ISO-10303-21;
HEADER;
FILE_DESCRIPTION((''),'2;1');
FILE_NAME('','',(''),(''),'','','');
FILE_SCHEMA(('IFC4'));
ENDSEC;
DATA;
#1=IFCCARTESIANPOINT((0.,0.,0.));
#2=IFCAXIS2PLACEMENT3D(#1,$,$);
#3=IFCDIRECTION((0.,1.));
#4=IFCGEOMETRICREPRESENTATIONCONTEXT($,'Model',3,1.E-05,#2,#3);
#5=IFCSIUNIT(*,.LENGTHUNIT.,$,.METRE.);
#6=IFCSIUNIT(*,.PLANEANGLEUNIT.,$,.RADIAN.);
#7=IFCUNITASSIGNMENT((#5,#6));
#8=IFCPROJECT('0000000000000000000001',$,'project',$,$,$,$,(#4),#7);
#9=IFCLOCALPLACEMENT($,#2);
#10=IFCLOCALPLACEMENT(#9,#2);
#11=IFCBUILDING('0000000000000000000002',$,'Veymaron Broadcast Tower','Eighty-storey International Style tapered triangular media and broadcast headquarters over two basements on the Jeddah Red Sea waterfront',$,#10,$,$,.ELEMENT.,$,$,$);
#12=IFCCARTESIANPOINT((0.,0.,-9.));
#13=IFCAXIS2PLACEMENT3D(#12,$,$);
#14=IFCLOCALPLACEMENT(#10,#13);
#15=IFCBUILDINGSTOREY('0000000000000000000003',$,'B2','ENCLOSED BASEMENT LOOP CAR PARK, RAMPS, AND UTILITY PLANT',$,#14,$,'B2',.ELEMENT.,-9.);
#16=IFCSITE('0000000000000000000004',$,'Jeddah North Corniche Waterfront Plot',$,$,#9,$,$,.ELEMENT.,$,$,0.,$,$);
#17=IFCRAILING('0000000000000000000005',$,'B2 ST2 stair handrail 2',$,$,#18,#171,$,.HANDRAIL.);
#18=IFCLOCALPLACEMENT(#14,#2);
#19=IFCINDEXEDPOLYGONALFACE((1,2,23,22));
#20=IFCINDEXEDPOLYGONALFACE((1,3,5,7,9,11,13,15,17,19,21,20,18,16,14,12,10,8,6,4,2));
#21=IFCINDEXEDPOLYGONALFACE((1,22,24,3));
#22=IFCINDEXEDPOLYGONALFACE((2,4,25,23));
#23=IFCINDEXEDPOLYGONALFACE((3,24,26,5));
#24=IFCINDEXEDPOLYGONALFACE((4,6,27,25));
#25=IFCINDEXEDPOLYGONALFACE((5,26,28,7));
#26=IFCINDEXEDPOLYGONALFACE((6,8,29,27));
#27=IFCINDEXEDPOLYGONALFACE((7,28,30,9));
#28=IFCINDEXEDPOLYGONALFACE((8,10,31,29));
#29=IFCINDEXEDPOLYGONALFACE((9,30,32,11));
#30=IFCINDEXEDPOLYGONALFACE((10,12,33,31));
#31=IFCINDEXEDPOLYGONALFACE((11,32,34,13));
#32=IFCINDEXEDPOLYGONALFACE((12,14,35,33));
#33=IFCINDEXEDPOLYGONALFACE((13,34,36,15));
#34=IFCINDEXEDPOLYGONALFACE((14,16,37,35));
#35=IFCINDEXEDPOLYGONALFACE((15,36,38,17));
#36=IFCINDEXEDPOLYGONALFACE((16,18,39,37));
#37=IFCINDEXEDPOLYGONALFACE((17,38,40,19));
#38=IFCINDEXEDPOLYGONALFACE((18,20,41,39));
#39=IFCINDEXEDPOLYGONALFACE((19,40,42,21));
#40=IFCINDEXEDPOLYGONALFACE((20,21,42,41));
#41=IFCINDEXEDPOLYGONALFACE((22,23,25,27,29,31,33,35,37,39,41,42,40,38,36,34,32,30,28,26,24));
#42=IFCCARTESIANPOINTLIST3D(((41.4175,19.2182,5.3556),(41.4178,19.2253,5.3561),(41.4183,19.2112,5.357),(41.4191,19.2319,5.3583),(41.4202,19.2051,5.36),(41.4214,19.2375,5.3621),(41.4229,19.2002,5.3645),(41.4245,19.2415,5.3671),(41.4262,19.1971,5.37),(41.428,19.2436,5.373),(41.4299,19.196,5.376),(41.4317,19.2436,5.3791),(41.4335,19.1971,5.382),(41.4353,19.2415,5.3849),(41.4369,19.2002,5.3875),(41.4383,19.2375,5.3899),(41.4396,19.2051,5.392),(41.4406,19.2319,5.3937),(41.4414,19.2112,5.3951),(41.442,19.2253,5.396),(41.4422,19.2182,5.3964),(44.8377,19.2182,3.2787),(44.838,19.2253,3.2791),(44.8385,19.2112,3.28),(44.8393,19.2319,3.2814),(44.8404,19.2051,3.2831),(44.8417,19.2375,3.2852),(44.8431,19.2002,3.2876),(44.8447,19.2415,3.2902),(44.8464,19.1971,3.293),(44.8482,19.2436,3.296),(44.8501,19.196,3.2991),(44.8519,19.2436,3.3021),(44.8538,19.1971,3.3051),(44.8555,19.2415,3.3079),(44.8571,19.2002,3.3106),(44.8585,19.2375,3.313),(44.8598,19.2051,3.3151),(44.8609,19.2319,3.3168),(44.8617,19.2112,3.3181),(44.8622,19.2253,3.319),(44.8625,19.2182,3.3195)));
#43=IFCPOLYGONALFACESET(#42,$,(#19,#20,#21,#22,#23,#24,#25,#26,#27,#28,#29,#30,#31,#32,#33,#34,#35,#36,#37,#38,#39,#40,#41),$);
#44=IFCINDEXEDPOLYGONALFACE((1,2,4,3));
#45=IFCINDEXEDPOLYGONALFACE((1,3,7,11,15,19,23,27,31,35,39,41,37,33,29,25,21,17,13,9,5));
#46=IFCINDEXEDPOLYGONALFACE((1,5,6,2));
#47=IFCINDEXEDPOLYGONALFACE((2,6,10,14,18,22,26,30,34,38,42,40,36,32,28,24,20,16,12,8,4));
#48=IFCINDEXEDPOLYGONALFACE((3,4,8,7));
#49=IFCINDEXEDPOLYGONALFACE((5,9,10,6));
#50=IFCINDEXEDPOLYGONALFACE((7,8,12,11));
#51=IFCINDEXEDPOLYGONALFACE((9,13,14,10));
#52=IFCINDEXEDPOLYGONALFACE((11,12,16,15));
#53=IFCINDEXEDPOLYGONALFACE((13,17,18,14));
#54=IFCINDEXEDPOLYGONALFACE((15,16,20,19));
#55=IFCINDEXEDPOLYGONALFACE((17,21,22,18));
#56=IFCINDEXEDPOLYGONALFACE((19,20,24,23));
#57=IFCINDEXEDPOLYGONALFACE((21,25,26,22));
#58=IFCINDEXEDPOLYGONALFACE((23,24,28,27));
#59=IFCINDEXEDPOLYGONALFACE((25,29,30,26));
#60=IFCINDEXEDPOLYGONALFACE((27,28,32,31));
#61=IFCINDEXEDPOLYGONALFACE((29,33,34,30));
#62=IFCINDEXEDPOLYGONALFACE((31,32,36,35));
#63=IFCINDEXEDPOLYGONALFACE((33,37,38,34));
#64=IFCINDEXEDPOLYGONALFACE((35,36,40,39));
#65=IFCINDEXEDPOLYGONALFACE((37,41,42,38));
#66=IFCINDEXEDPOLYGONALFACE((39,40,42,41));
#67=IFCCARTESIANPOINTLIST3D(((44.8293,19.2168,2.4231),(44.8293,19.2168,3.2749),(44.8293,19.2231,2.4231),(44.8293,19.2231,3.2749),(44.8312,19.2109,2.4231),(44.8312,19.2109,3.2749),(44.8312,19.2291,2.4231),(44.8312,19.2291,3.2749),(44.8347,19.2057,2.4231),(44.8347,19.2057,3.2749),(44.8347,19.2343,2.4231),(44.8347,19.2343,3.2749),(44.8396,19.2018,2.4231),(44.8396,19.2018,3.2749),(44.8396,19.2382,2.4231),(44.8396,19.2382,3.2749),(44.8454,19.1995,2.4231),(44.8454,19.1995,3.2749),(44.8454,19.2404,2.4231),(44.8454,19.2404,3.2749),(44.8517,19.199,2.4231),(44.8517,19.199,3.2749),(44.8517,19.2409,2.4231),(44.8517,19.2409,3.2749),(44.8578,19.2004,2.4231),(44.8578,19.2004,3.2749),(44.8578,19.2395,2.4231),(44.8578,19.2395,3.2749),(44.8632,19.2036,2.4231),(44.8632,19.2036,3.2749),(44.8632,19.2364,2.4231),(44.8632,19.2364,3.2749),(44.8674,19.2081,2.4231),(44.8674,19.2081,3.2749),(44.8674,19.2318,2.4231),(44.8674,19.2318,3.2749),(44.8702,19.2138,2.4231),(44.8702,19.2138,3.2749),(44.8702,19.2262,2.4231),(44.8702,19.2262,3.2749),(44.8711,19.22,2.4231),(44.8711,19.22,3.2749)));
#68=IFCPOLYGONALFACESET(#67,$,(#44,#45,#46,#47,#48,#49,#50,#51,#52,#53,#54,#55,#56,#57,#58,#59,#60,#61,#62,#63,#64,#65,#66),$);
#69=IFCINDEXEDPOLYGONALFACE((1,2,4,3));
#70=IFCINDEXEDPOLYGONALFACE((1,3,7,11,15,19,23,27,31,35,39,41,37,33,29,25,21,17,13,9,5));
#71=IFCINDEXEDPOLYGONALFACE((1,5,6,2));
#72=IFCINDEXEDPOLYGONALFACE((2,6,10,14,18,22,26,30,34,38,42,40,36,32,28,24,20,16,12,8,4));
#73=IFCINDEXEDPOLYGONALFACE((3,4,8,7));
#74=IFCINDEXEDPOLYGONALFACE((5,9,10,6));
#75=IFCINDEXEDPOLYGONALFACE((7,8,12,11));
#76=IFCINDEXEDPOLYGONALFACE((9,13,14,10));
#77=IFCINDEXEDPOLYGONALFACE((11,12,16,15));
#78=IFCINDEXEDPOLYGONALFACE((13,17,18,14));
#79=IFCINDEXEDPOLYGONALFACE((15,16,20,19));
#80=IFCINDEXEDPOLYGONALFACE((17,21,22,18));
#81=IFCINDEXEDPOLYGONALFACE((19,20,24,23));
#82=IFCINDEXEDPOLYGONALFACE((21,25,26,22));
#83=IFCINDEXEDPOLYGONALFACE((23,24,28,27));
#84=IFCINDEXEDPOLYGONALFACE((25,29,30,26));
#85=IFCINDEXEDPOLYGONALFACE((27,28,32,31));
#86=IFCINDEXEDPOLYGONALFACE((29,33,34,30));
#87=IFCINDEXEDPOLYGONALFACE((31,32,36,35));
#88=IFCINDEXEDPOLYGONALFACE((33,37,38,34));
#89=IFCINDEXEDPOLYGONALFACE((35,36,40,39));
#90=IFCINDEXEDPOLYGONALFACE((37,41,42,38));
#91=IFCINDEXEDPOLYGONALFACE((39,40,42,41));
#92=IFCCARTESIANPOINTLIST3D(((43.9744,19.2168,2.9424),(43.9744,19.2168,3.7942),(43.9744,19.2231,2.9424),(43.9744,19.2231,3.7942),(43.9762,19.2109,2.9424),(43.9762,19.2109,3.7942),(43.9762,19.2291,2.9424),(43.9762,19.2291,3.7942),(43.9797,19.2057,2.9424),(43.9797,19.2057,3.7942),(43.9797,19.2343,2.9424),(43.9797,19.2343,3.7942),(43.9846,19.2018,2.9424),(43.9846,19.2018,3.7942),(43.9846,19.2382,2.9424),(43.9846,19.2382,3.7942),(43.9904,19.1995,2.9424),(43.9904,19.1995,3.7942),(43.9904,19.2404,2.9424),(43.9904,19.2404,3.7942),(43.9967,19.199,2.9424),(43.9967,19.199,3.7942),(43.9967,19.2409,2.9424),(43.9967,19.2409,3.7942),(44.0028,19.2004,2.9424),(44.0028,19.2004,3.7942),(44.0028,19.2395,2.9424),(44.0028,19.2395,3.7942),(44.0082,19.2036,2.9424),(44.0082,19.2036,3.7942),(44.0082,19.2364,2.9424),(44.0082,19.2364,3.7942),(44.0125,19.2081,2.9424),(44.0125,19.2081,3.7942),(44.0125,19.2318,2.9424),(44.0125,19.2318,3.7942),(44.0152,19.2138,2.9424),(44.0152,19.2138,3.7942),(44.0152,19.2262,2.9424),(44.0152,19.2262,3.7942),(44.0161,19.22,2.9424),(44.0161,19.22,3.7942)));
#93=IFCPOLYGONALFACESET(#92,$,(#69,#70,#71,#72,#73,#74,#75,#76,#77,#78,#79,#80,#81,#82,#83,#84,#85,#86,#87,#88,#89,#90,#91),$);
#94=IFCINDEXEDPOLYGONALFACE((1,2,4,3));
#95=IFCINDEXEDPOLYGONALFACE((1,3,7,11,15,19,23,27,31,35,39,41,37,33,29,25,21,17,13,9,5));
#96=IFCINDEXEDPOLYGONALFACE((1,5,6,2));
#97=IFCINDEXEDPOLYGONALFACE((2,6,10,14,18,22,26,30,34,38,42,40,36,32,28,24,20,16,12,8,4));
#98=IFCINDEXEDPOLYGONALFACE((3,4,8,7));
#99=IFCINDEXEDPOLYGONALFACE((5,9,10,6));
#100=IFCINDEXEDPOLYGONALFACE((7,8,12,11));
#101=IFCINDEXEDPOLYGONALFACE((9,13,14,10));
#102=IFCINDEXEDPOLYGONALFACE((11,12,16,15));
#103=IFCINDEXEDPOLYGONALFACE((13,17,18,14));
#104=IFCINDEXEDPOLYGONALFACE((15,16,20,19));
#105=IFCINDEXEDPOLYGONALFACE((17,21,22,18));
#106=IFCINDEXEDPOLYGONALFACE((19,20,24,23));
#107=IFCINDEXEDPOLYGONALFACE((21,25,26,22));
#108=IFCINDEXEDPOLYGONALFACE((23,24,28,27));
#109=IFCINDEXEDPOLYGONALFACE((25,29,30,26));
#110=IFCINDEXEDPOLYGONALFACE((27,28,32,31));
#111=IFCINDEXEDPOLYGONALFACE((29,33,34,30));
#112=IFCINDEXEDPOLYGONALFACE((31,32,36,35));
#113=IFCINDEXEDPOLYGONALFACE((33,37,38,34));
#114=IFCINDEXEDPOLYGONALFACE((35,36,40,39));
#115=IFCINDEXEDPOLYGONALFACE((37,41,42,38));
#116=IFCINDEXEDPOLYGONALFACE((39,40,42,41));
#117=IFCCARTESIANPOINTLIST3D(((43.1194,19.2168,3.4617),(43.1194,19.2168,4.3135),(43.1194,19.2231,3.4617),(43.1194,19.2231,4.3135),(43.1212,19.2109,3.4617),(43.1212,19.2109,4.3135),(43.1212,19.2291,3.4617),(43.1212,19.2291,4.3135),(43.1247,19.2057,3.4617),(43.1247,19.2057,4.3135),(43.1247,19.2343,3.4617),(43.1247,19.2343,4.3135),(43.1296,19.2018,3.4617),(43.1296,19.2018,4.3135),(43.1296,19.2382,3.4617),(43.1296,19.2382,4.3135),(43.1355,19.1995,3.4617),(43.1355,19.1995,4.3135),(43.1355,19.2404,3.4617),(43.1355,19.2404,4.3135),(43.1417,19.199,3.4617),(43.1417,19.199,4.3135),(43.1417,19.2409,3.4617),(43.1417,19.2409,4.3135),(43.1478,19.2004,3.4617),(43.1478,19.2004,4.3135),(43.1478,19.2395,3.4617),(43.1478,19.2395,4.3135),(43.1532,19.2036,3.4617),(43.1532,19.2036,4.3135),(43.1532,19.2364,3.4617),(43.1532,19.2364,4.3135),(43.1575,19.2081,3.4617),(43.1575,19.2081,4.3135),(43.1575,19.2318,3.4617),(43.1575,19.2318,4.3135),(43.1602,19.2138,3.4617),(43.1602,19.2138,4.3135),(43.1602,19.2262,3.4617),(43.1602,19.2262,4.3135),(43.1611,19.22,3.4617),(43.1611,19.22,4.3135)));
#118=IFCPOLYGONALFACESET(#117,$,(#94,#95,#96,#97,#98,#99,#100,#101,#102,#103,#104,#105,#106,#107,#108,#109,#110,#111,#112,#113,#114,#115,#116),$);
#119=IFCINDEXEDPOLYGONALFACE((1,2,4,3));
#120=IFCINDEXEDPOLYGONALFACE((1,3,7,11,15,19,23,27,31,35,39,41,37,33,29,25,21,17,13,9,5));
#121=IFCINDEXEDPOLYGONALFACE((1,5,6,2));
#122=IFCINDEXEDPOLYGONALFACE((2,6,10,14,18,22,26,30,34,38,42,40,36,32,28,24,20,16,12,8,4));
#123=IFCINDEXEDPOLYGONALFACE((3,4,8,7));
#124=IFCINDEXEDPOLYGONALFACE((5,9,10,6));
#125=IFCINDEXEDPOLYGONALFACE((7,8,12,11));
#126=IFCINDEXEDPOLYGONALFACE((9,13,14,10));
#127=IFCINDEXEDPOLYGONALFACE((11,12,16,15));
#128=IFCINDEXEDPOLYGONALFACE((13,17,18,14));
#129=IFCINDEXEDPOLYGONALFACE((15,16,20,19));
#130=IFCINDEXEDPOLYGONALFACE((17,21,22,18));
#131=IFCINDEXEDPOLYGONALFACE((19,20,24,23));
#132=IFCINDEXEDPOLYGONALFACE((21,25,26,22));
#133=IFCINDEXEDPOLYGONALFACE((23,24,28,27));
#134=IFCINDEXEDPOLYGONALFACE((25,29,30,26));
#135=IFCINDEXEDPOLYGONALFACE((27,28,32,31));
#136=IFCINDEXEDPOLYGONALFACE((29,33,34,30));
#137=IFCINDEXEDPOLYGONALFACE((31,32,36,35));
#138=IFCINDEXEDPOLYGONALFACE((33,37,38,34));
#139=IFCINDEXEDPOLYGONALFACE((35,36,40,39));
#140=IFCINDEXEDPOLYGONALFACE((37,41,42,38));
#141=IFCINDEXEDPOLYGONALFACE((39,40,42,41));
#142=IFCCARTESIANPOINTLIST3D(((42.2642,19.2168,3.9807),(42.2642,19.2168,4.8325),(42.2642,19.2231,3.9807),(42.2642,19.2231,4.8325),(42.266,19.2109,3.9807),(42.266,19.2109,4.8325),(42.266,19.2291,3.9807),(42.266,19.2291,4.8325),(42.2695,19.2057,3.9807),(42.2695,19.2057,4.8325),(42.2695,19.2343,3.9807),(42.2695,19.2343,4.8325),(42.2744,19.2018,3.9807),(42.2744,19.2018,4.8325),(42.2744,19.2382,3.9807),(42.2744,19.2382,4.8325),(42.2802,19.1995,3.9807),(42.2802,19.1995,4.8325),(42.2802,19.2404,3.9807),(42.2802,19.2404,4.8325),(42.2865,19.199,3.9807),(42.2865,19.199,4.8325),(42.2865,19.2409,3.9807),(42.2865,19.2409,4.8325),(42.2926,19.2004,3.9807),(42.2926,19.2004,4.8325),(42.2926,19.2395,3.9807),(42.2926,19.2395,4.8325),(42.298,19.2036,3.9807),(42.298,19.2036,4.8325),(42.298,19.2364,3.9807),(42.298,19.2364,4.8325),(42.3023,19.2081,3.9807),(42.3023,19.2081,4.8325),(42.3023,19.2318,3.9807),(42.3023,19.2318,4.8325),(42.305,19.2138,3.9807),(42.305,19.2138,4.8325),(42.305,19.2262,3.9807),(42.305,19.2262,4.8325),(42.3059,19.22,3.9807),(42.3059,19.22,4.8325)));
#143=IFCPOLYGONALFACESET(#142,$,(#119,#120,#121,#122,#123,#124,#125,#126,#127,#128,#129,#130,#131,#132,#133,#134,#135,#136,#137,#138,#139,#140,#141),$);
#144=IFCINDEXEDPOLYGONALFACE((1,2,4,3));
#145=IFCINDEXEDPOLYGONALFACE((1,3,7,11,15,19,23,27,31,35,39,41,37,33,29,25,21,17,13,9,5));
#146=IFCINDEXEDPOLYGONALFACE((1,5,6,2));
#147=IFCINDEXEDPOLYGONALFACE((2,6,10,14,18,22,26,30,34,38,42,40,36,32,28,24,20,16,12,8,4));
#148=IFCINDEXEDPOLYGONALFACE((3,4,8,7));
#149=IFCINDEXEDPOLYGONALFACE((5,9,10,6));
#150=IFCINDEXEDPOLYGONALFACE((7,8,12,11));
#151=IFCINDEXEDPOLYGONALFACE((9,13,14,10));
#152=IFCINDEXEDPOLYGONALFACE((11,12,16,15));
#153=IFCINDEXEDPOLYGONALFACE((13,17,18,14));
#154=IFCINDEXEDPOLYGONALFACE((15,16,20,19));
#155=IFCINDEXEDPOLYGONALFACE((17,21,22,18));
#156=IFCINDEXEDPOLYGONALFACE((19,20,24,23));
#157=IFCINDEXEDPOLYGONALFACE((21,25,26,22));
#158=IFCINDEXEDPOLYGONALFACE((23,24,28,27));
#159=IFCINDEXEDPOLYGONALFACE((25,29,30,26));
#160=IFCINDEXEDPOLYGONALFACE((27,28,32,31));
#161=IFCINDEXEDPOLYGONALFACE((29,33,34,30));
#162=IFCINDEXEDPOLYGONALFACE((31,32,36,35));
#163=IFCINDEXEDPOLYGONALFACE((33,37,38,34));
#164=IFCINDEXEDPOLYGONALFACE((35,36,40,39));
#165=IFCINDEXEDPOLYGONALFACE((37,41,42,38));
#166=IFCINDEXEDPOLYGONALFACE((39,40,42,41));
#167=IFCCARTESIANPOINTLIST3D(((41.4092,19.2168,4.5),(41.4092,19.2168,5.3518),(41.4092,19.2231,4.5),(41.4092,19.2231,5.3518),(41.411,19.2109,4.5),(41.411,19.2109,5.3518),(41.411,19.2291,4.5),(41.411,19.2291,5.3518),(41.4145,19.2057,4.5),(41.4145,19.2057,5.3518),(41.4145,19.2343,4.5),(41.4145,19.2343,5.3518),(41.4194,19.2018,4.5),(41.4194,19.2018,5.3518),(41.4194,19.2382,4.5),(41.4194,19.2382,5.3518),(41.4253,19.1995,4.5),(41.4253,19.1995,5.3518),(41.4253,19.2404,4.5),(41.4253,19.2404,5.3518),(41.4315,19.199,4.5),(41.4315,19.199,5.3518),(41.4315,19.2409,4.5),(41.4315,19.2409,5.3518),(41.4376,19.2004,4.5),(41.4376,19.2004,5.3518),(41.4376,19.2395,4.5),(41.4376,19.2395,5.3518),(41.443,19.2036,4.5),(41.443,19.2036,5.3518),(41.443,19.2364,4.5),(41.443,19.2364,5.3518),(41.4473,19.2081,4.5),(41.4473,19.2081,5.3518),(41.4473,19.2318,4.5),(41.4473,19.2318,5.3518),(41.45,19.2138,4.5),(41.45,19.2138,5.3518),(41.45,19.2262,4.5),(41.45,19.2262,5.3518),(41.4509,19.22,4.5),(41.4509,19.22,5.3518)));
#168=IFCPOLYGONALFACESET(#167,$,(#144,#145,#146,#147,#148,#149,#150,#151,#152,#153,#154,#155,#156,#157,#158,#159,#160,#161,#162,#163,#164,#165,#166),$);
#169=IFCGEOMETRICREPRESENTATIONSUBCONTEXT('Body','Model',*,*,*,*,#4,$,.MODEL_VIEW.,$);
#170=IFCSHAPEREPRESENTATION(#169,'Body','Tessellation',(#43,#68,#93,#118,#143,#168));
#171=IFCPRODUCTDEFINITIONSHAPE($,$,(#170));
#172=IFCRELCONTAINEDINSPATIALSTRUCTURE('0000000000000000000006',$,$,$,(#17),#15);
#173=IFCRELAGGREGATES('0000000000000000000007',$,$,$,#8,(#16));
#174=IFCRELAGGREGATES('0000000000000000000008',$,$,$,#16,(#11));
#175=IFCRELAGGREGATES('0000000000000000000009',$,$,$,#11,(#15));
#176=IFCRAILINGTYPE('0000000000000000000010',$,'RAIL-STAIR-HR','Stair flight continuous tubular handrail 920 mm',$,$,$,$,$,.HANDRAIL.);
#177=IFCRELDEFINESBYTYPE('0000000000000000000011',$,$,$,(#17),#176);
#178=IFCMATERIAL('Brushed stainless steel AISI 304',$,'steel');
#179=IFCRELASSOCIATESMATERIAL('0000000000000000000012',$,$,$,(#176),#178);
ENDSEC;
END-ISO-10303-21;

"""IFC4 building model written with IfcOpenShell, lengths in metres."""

from ifc_helpers import new_model, si_unit, direction, frame, origin, origin_2d, place, context, subcontext, project, spatial, circle, extrude, material, type_object, element, save


model = new_model("IFC4")

# Units and contexts
model_context = context("Model", 3, precision=1e-05, world=origin(), true_north=direction((0.0, 1.0)))
body_context = subcontext(model_context, "Body", "Model", "MODEL_VIEW")
ifc_project = project(units=[si_unit("LENGTHUNIT", "METRE"), si_unit("PLANEANGLEUNIT", "RADIAN")], contexts=[model_context])

# Site, building, storey
site_placement = place(None, origin())
site = spatial("IfcSite", under=ifc_project, at=site_placement, Name="Jeddah North Corniche Waterfront Plot", CompositionType="ELEMENT", RefElevation=0.0)
building_placement = place(site_placement, origin())
building = spatial("IfcBuilding", under=site, at=building_placement, Name="Veymaron Broadcast Tower", Description="Eighty-storey International Style tapered triangular media and broadcast headquarters over two basements on the Jeddah Red Sea waterfront", CompositionType="ELEMENT")
storey_placement = place(building_placement, frame((0.0, 0.0, -9.0)))
storey = spatial("IfcBuildingStorey", under=building, at=storey_placement, Name="B2", Description="ENCLOSED BASEMENT LOOP CAR PARK, RAMPS, AND UTILITY PLANT", LongName="B2", CompositionType="ELEMENT", Elevation=-9.0)

# Shared definitions
ifc_material_1 = material(Name="Brushed stainless steel AISI 304", Category="steel")

# Railing
railing_type_1 = type_object("IfcRailingType", Name="RAIL-STAIR-HR", Description="Stair flight continuous tubular handrail 920 mm", PredefinedType="HANDRAIL", material=ifc_material_1)
railing_1_placement = place(storey_placement, frame((44.8501, 19.22, 2.4231)))
element("IfcRailing", 1, at=railing_1_placement, inside=storey, type_object=railing_type_1, Name="B2 ST2 stair handrail 2", PredefinedType="HANDRAIL", context=body_context, shape_type="SweptSolid", body=[
    extrude(circle(Radius=0.0239, at=origin_2d()), frame((0.0, 0.0, 0.876), z_axis=(-0.854746, 0.0, 0.519047), x_axis=(0.0, -1.0, 0.0)), (0.0, 0.0, 1.0), 4.0015),
    extrude(circle(Radius=0.021, at=origin_2d()), origin(), (0.0, 0.0, 1.0), 0.8518),
    extrude(circle(Radius=0.021, at=origin_2d()), frame((-0.855, 0.0, 0.5193)), (0.0, 0.0, 1.0), 0.8518),
    extrude(circle(Radius=0.021, at=origin_2d()), frame((-1.71, 0.0, 1.0386)), (0.0, 0.0, 1.0), 0.8518),
    extrude(circle(Radius=0.021, at=origin_2d()), frame((-2.5652, 0.0, 1.5576)), (0.0, 0.0, 1.0), 0.8518),
    extrude(circle(Radius=0.021, at=origin_2d()), frame((-3.4202, 0.0, 2.0769)), (0.0, 0.0, 1.0), 0.8518),
])

save(model, "model.ifc")
